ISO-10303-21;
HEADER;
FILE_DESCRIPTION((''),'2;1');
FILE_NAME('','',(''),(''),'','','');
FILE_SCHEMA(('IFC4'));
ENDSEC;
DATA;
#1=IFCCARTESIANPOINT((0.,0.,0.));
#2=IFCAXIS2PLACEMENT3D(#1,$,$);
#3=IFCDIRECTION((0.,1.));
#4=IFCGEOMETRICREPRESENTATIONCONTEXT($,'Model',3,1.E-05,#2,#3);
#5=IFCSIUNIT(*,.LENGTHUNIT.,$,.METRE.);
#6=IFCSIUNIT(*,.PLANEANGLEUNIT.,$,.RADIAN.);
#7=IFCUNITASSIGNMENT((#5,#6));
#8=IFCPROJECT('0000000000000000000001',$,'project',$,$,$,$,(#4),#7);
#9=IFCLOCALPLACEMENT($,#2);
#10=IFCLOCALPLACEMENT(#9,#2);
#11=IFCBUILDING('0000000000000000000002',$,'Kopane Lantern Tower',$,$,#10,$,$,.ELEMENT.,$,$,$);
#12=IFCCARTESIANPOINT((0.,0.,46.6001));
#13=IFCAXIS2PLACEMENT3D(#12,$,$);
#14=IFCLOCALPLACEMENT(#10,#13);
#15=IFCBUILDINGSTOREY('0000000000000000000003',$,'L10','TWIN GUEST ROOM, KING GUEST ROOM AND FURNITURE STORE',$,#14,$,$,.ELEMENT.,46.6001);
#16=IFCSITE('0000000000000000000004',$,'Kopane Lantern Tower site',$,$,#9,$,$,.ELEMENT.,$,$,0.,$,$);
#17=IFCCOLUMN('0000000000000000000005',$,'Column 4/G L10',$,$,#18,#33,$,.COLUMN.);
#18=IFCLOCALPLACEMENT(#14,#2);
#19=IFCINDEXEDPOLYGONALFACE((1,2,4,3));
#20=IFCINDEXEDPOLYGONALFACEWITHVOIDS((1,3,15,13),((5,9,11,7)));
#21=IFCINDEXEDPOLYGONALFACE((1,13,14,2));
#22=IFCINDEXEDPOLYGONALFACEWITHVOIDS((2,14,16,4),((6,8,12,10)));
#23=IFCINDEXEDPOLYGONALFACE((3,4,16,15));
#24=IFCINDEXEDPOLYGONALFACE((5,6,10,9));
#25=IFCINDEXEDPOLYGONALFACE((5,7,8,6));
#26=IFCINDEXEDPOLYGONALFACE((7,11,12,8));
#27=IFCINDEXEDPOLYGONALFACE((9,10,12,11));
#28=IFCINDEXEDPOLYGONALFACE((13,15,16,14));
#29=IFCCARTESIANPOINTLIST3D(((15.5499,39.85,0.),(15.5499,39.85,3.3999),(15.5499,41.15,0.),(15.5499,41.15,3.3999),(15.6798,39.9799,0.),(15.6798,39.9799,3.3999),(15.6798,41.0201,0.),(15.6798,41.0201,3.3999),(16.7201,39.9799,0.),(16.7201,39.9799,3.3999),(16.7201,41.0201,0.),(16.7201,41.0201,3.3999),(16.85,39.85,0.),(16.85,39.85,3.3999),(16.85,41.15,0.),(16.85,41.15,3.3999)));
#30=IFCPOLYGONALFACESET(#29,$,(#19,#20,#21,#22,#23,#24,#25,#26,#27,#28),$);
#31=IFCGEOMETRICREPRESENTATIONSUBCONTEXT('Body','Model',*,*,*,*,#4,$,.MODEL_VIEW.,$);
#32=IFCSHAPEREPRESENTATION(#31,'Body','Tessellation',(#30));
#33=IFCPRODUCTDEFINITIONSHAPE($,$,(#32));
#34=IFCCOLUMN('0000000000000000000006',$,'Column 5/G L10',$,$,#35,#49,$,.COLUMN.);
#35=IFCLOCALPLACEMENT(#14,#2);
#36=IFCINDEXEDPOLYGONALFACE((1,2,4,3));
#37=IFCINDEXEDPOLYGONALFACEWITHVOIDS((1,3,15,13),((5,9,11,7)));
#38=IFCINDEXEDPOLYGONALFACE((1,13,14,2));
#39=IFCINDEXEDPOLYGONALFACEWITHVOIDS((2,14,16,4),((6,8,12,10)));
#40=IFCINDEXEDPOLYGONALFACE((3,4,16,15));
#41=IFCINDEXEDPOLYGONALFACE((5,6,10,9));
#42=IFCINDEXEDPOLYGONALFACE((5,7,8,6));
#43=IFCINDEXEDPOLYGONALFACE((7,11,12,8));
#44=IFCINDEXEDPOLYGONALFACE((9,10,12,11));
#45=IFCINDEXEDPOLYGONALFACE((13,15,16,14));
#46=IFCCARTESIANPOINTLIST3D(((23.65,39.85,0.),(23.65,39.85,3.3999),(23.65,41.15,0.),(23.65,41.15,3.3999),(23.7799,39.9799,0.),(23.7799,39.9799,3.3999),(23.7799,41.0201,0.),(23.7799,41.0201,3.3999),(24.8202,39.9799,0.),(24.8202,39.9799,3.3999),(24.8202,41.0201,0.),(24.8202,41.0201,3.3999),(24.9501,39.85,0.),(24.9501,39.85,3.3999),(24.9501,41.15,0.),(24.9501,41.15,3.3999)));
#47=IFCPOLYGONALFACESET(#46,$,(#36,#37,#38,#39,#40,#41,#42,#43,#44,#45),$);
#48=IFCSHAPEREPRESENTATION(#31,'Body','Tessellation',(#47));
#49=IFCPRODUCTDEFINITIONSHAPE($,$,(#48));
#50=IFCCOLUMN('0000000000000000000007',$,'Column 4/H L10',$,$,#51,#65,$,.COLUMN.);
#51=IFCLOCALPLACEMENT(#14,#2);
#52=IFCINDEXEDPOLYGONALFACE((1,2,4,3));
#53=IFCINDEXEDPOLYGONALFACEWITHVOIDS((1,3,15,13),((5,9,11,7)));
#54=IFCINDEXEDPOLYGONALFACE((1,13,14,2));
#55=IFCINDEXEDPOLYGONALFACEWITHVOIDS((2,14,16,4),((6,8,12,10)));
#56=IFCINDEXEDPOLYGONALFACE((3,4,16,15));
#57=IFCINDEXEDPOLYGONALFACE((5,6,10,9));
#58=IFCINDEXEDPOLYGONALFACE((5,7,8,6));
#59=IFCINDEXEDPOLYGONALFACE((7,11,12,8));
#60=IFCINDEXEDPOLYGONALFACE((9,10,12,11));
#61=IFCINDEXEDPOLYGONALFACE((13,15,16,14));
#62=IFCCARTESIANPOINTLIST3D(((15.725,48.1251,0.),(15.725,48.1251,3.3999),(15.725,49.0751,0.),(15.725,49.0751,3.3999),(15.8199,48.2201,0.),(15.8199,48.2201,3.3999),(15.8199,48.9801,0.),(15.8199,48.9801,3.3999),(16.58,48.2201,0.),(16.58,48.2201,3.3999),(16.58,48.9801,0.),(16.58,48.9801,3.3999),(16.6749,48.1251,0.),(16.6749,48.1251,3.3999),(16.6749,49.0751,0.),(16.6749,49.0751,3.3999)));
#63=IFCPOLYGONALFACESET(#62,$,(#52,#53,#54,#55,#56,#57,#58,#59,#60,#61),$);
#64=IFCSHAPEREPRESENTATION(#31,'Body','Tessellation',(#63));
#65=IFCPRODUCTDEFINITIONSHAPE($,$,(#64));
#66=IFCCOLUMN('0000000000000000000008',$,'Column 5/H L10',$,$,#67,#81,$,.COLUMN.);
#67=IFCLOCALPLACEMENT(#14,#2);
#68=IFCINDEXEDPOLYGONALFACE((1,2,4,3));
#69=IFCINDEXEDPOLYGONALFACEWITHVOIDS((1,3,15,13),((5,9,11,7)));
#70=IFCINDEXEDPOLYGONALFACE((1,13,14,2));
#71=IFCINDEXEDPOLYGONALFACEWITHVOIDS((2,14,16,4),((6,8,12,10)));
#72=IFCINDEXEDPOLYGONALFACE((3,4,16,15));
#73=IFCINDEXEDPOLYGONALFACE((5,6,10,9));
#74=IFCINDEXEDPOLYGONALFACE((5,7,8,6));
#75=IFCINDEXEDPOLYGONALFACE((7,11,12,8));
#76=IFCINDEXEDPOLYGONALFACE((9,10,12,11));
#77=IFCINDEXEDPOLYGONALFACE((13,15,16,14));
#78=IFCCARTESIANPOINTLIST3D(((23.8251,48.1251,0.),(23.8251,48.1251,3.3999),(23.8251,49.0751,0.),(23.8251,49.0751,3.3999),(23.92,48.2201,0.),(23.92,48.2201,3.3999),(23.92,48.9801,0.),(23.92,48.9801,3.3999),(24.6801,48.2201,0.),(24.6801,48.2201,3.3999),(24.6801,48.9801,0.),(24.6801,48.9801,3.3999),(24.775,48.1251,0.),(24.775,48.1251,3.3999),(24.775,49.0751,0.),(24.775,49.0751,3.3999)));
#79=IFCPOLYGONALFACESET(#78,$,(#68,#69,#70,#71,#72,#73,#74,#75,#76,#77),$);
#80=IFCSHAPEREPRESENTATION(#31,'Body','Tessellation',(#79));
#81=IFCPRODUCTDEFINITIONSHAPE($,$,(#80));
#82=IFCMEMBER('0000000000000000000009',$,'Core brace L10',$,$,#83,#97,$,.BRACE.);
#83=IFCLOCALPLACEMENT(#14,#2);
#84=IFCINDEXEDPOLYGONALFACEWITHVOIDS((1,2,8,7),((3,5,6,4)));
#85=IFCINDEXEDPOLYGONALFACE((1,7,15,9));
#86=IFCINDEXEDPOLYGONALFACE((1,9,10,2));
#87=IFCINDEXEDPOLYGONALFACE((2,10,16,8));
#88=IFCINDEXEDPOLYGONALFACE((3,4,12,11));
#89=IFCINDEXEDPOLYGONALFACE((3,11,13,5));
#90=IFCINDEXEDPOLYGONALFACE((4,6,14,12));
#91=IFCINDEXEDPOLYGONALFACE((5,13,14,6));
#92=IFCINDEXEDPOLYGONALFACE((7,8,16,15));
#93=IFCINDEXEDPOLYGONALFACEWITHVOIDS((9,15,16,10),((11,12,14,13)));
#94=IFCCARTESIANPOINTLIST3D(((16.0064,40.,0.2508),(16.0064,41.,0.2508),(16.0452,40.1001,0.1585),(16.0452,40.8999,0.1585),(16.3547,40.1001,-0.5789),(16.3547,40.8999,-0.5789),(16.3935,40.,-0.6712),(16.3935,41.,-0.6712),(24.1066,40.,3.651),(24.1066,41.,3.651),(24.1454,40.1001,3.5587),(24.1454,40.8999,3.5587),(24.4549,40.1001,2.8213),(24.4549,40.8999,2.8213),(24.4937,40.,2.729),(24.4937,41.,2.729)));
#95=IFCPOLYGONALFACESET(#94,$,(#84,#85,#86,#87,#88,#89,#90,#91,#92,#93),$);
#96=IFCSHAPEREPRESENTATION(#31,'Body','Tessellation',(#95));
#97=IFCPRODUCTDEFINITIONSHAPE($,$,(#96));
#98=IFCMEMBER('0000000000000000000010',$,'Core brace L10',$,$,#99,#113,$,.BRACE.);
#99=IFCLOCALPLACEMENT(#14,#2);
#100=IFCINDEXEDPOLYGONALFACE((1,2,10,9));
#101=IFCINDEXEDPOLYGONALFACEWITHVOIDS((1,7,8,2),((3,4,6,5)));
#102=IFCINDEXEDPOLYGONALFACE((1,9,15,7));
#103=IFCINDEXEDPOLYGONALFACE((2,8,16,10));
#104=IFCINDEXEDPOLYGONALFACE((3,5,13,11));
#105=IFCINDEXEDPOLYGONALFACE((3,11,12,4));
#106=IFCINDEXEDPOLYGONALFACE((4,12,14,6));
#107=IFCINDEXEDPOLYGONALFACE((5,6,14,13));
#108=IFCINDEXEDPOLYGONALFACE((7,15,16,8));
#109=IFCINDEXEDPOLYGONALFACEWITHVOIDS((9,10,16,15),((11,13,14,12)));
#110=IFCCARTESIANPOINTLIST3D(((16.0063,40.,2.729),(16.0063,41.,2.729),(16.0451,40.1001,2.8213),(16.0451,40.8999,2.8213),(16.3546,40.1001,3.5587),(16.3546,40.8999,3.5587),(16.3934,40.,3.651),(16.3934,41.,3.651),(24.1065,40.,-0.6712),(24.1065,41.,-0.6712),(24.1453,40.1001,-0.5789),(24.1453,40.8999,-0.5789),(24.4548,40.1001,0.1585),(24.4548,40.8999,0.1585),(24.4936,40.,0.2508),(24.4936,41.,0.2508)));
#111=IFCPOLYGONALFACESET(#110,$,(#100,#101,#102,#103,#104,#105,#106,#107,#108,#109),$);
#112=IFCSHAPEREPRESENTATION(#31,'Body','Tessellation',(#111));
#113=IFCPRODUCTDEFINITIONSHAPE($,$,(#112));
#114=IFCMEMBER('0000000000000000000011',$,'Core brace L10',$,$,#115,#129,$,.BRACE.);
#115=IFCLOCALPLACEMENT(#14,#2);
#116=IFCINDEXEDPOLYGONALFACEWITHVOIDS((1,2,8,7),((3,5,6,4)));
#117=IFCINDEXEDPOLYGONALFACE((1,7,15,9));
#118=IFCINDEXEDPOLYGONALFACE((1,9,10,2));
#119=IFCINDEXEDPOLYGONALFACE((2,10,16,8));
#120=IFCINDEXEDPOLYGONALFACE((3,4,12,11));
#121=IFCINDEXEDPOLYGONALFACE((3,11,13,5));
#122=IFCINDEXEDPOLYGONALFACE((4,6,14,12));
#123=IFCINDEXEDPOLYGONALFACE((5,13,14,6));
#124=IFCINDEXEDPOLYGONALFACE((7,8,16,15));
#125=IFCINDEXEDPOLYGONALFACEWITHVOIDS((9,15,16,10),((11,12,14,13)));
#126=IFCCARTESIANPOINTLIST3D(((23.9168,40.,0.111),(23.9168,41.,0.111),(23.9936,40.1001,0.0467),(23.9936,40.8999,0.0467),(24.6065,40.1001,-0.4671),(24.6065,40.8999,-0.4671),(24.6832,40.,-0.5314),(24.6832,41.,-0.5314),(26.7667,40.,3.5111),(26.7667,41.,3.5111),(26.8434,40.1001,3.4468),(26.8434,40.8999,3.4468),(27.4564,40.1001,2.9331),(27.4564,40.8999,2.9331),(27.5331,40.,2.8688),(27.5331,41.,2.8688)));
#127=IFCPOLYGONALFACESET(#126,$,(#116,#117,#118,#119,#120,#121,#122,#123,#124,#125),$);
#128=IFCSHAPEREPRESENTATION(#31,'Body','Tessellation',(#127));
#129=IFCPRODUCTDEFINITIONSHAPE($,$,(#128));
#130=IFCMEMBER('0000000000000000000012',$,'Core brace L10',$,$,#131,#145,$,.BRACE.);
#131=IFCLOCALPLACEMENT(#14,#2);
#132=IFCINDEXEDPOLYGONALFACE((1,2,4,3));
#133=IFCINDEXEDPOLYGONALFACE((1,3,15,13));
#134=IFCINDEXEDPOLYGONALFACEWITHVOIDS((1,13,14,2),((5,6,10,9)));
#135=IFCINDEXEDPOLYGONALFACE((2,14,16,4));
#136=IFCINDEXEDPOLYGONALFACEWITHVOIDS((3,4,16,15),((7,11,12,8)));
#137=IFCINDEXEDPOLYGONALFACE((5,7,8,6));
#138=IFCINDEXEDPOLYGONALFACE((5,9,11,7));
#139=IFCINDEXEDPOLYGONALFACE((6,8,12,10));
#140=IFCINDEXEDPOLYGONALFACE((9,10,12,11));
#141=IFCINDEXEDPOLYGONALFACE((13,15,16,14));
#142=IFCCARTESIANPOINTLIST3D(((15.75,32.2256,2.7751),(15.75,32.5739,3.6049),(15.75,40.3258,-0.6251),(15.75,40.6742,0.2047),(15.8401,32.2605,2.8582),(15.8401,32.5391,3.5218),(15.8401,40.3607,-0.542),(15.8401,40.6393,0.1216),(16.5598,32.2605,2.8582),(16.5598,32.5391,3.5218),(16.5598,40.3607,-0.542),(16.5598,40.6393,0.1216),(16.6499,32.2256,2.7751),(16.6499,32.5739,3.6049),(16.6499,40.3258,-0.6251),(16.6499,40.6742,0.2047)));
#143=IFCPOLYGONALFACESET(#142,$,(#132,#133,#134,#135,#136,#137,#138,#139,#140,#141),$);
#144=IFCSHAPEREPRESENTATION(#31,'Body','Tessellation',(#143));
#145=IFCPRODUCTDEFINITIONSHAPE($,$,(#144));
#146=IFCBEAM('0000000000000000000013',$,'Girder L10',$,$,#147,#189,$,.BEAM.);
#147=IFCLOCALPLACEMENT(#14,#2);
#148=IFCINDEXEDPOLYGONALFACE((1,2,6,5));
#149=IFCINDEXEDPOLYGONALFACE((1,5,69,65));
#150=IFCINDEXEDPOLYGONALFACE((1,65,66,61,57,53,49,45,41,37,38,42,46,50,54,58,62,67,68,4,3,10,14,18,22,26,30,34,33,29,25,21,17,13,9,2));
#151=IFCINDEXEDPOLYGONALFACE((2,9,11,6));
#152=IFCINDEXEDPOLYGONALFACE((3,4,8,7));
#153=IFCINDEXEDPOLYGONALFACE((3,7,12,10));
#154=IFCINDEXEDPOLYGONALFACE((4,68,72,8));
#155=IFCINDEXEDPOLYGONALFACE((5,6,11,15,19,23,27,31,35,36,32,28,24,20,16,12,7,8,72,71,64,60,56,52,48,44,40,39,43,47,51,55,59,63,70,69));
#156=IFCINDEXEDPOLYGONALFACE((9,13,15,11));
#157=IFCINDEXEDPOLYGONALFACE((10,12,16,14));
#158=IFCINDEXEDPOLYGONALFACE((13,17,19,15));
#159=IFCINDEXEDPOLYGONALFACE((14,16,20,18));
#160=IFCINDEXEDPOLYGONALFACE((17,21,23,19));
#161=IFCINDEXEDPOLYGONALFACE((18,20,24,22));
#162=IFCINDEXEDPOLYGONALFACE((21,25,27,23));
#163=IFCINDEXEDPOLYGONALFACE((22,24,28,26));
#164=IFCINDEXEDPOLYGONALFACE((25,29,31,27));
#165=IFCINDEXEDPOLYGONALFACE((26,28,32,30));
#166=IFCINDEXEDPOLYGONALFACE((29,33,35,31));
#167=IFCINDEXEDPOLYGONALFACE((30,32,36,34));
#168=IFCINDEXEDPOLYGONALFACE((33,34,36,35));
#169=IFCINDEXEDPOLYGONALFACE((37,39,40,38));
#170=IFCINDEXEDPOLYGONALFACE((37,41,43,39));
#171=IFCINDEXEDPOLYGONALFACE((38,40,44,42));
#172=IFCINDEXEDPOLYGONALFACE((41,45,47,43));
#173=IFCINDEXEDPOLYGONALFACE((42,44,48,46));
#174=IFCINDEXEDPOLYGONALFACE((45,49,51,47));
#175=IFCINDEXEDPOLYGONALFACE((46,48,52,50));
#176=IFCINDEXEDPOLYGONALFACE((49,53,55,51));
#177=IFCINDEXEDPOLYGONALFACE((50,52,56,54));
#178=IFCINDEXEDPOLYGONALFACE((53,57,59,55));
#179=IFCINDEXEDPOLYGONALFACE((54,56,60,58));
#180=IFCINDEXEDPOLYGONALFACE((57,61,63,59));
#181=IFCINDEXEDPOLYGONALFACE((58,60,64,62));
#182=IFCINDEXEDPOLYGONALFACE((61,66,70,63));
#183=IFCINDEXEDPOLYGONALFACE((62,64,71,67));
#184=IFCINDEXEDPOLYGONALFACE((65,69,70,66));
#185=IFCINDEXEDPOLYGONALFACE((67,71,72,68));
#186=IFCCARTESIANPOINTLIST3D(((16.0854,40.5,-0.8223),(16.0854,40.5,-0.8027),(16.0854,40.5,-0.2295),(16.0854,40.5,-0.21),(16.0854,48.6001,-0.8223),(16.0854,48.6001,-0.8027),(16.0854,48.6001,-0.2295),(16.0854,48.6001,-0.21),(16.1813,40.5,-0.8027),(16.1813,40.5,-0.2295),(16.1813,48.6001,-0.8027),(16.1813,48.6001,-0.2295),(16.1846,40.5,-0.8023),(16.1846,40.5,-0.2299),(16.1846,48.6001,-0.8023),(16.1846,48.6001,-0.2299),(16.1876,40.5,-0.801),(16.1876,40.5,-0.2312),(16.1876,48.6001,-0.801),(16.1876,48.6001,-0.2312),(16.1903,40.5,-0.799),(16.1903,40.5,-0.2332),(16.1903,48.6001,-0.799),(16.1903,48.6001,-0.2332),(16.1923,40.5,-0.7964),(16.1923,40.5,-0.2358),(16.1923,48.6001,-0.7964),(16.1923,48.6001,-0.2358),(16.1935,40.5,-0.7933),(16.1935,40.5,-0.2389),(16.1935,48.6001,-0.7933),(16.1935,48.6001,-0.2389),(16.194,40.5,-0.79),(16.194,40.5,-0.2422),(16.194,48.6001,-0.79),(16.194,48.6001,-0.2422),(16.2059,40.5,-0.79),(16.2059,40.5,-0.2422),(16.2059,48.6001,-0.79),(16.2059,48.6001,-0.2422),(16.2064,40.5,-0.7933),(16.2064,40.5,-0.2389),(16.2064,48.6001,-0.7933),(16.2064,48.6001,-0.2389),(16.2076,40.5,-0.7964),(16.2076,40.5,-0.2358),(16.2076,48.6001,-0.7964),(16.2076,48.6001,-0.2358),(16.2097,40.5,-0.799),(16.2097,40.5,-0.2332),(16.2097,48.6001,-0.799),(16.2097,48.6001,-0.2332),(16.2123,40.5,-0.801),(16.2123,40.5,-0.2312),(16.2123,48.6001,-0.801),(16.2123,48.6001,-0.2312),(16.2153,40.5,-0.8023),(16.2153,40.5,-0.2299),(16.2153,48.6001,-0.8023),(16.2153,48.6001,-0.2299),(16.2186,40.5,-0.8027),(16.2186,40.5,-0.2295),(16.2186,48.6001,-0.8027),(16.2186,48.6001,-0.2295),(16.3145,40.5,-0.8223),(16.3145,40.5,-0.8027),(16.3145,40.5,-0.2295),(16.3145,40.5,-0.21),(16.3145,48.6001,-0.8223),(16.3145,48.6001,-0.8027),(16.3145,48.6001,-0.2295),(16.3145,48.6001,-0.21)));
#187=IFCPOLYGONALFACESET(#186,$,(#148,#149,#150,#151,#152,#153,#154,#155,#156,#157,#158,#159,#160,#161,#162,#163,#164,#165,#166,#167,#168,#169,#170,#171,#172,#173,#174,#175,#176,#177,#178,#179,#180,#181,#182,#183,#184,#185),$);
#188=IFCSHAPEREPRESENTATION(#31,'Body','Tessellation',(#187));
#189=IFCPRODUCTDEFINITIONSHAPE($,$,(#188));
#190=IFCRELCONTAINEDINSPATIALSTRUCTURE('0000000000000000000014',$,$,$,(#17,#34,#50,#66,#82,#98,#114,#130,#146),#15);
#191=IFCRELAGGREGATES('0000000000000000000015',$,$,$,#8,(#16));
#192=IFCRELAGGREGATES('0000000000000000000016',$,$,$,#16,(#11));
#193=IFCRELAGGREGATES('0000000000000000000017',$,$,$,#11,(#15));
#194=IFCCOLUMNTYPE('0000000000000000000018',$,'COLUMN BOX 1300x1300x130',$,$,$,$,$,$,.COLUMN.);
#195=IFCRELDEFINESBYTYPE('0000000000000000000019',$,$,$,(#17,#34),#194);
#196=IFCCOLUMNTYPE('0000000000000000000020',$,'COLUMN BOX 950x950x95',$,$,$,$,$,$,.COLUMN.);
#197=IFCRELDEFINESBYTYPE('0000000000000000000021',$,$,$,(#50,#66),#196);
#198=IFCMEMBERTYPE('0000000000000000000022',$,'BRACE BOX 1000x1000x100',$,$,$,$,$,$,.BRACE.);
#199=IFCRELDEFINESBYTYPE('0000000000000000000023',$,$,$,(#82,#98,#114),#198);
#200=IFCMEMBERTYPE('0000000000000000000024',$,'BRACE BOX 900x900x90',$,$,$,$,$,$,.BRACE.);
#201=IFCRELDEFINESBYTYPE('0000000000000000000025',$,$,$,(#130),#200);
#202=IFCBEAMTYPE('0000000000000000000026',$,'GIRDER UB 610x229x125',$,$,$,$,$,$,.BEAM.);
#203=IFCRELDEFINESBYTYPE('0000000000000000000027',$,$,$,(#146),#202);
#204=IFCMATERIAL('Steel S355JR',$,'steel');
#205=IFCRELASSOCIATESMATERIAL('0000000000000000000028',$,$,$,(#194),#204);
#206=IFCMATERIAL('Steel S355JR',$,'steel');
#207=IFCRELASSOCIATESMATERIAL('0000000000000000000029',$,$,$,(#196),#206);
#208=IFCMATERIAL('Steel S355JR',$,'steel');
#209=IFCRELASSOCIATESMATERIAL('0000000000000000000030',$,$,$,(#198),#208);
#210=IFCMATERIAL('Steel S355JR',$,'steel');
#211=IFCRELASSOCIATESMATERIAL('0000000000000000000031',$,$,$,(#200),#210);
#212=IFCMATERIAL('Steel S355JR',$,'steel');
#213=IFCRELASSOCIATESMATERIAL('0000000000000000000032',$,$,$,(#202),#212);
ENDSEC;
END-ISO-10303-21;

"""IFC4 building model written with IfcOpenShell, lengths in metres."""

from ifc_helpers import new_model, si_unit, direction, frame, origin, origin_2d, place, context, subcontext, project, spatial, hollow_rectangle, i_section, extrude, material, material_profile, profile_set, type_object, element, save


model = new_model("IFC4")

# Units and contexts
model_context = context("Model", 3, precision=1e-05, world=origin(), true_north=direction((0.0, 1.0)))
body_context = subcontext(model_context, "Body", "Model", "MODEL_VIEW")
ifc_project = project(units=[si_unit("LENGTHUNIT", "METRE"), si_unit("PLANEANGLEUNIT", "RADIAN")], contexts=[model_context])

# Site, building, storey
site_placement = place(None, origin())
site = spatial("IfcSite", under=ifc_project, at=site_placement, Name="Kopane Lantern Tower site", CompositionType="ELEMENT", RefElevation=0.0)
building_placement = place(site_placement, origin())
building = spatial("IfcBuilding", under=site, at=building_placement, Name="Kopane Lantern Tower", CompositionType="ELEMENT")
storey_placement = place(building_placement, frame((0.0, 0.0, 46.6001)))
storey = spatial("IfcBuildingStorey", under=building, at=storey_placement, Name="L10", Description="TWIN GUEST ROOM, KING GUEST ROOM AND FURNITURE STORE", CompositionType="ELEMENT", Elevation=46.6001)

# Columns
ifc_material_1 = material(Name="Steel S355JR", Category="steel")
ifc_material_profile_1 = material_profile(ifc_material_1, hollow_rectangle(XDim=1.3, YDim=1.3, WallThickness=0.1299, at=origin_2d()), Name="BOX 1300x1300x130")
ifc_profile_set_1 = profile_set([ifc_material_profile_1], Name="Steel S355JR")
column_type_1 = type_object("IfcColumnType", Name="COLUMN BOX 1300x1300x130", PredefinedType="COLUMN", material=ifc_profile_set_1)
for number, where, z_axis, x_axis, name in (
    (1, (16.2, 40.5, 0.0), (0.0, 0.0, 1.0), (1.0, 0.0, 0.0), "Column 4/G L10"),
    (2, (24.3, 40.5, 0.0), (0.0, 0.0, 1.0), (1.0, 0.0, 0.0), "Column 5/G L10"),
):
    element("IfcColumn", number, at=place(storey_placement, frame(where, z_axis=z_axis, x_axis=x_axis)), inside=storey, type_object=column_type_1, Name=name, PredefinedType="COLUMN", context=body_context, shape_type="SweptSolid", body=[
        extrude(hollow_rectangle(XDim=1.3, YDim=1.3, WallThickness=0.1299, at=origin_2d()), origin(), (0.0, 0.0, 1.0), 3.3999),
    ])
ifc_material_2 = material(Name="Steel S355JR", Category="steel")
ifc_material_profile_2 = material_profile(ifc_material_2, hollow_rectangle(XDim=0.95, YDim=0.95, WallThickness=0.095, at=origin_2d()), Name="BOX 950x950x95")
ifc_profile_set_2 = profile_set([ifc_material_profile_2], Name="Steel S355JR")
column_type_2 = type_object("IfcColumnType", Name="COLUMN BOX 950x950x95", PredefinedType="COLUMN", material=ifc_profile_set_2)
for number, where, z_axis, x_axis, name in (
    (3, (16.2, 48.6001, 0.0), (0.0, 0.0, 1.0), (1.0, 0.0, 0.0), "Column 4/H L10"),
    (4, (24.3, 48.6001, 0.0), (0.0, 0.0, 1.0), (1.0, 0.0, 0.0), "Column 5/H L10"),
):
    element("IfcColumn", number, at=place(storey_placement, frame(where, z_axis=z_axis, x_axis=x_axis)), inside=storey, type_object=column_type_2, Name=name, PredefinedType="COLUMN", context=body_context, shape_type="SweptSolid", body=[
        extrude(hollow_rectangle(XDim=0.95, YDim=0.95, WallThickness=0.095, at=origin_2d()), origin(), (0.0, 0.0, 1.0), 3.3999),
    ])

# Members
ifc_material_3 = material(Name="Steel S355JR", Category="steel")
ifc_material_profile_3 = material_profile(ifc_material_3, hollow_rectangle(XDim=1.0, YDim=1.0, WallThickness=0.1001, at=origin_2d()), Name="BOX 1000x1000x100")
ifc_profile_set_3 = profile_set([ifc_material_profile_3], Name="Steel S355JR")
member_type_1 = type_object("IfcMemberType", Name="BRACE BOX 1000x1000x100", PredefinedType="BRACE", material=ifc_profile_set_3)
for number, where, z_axis, x_axis, name in (
    (5, (16.2, 40.5, -0.2102), (0.922059, 0.0, 0.387049), (0.0, 1.0, 0.0), "Core brace L10"),
    (6, (24.3, 40.5, -0.2102), (-0.922059, 0.0, 0.387049), (0.0, -1.0, 0.0), "Core brace L10"),
):
    element("IfcMember", number, at=place(storey_placement, frame(where, z_axis=z_axis, x_axis=x_axis)), inside=storey, type_object=member_type_1, Name=name, PredefinedType="BRACE", context=body_context, shape_type="SweptSolid", body=[
        extrude(hollow_rectangle(XDim=1.0, YDim=1.0, WallThickness=0.1001, at=origin_2d()), origin(), (0.0, 0.0, 1.0), 8.7849),
    ])
member_1_placement = place(storey_placement, frame((24.3, 40.5, -0.2102), z_axis=(0.642363, 0.0, 0.7664), x_axis=(0.0, 1.0, 0.0)))
element("IfcMember", 7, at=member_1_placement, inside=storey, type_object=member_type_1, Name="Core brace L10", PredefinedType="BRACE", context=body_context, shape_type="SweptSolid", body=[
    extrude(hollow_rectangle(XDim=1.0, YDim=1.0, WallThickness=0.1001, at=origin_2d()), origin(), (0.0, 0.0, 1.0), 4.4365),
])
ifc_material_4 = material(Name="Steel S355JR", Category="steel")
ifc_material_profile_4 = material_profile(ifc_material_4, hollow_rectangle(XDim=0.8999, YDim=0.8999, WallThickness=0.0901, at=origin_2d()), Name="BOX 900x900x90")
ifc_profile_set_4 = profile_set([ifc_material_profile_4], Name="Steel S355JR")
member_type_2 = type_object("IfcMemberType", Name="BRACE BOX 900x900x90", PredefinedType="BRACE", material=ifc_profile_set_4)
member_2_placement = place(storey_placement, frame((16.2, 40.5, -0.2102), z_axis=(0.0, -0.922059, 0.387049), x_axis=(1.0, 0.0, 0.0)))
element("IfcMember", 8, at=member_2_placement, inside=storey, type_object=member_type_2, Name="Core brace L10", PredefinedType="BRACE", context=body_context, shape_type="SweptSolid", body=[
    extrude(hollow_rectangle(XDim=0.8999, YDim=0.8999, WallThickness=0.0901, at=origin_2d()), origin(), (0.0, 0.0, 1.0), 8.7849),
])

# Beam
ifc_material_5 = material(Name="Steel S355JR", Category="steel")
ifc_material_profile_5 = material_profile(ifc_material_5, i_section(OverallWidth=0.229, OverallDepth=0.6123, WebThickness=0.012, FlangeThickness=0.0195, FilletRadius=0.0127, at=origin_2d()), Name="UB 610x229x125")
ifc_profile_set_5 = profile_set([ifc_material_profile_5], Name="Steel S355JR")
beam_type_1 = type_object("IfcBeamType", Name="GIRDER UB 610x229x125", PredefinedType="BEAM", material=ifc_profile_set_5)
for number, where, z_axis, x_axis, name in (
    (9, (16.2, 40.5, -0.5161), (0.0, 1.0, 0.0), (-1.0, 0.0, 0.0), "Girder L10"),
):
    element("IfcBeam", number, at=place(storey_placement, frame(where, z_axis=z_axis, x_axis=x_axis)), inside=storey, type_object=beam_type_1, Name=name, PredefinedType="BEAM", context=body_context, shape_type="SweptSolid", body=[
        extrude(i_section(OverallWidth=0.229, OverallDepth=0.6123, WebThickness=0.012, FlangeThickness=0.0195, FilletRadius=0.0127, at=origin_2d()), origin(), (0.0, 0.0, 1.0), 8.1001),
    ])

save(model, "model.ifc")
